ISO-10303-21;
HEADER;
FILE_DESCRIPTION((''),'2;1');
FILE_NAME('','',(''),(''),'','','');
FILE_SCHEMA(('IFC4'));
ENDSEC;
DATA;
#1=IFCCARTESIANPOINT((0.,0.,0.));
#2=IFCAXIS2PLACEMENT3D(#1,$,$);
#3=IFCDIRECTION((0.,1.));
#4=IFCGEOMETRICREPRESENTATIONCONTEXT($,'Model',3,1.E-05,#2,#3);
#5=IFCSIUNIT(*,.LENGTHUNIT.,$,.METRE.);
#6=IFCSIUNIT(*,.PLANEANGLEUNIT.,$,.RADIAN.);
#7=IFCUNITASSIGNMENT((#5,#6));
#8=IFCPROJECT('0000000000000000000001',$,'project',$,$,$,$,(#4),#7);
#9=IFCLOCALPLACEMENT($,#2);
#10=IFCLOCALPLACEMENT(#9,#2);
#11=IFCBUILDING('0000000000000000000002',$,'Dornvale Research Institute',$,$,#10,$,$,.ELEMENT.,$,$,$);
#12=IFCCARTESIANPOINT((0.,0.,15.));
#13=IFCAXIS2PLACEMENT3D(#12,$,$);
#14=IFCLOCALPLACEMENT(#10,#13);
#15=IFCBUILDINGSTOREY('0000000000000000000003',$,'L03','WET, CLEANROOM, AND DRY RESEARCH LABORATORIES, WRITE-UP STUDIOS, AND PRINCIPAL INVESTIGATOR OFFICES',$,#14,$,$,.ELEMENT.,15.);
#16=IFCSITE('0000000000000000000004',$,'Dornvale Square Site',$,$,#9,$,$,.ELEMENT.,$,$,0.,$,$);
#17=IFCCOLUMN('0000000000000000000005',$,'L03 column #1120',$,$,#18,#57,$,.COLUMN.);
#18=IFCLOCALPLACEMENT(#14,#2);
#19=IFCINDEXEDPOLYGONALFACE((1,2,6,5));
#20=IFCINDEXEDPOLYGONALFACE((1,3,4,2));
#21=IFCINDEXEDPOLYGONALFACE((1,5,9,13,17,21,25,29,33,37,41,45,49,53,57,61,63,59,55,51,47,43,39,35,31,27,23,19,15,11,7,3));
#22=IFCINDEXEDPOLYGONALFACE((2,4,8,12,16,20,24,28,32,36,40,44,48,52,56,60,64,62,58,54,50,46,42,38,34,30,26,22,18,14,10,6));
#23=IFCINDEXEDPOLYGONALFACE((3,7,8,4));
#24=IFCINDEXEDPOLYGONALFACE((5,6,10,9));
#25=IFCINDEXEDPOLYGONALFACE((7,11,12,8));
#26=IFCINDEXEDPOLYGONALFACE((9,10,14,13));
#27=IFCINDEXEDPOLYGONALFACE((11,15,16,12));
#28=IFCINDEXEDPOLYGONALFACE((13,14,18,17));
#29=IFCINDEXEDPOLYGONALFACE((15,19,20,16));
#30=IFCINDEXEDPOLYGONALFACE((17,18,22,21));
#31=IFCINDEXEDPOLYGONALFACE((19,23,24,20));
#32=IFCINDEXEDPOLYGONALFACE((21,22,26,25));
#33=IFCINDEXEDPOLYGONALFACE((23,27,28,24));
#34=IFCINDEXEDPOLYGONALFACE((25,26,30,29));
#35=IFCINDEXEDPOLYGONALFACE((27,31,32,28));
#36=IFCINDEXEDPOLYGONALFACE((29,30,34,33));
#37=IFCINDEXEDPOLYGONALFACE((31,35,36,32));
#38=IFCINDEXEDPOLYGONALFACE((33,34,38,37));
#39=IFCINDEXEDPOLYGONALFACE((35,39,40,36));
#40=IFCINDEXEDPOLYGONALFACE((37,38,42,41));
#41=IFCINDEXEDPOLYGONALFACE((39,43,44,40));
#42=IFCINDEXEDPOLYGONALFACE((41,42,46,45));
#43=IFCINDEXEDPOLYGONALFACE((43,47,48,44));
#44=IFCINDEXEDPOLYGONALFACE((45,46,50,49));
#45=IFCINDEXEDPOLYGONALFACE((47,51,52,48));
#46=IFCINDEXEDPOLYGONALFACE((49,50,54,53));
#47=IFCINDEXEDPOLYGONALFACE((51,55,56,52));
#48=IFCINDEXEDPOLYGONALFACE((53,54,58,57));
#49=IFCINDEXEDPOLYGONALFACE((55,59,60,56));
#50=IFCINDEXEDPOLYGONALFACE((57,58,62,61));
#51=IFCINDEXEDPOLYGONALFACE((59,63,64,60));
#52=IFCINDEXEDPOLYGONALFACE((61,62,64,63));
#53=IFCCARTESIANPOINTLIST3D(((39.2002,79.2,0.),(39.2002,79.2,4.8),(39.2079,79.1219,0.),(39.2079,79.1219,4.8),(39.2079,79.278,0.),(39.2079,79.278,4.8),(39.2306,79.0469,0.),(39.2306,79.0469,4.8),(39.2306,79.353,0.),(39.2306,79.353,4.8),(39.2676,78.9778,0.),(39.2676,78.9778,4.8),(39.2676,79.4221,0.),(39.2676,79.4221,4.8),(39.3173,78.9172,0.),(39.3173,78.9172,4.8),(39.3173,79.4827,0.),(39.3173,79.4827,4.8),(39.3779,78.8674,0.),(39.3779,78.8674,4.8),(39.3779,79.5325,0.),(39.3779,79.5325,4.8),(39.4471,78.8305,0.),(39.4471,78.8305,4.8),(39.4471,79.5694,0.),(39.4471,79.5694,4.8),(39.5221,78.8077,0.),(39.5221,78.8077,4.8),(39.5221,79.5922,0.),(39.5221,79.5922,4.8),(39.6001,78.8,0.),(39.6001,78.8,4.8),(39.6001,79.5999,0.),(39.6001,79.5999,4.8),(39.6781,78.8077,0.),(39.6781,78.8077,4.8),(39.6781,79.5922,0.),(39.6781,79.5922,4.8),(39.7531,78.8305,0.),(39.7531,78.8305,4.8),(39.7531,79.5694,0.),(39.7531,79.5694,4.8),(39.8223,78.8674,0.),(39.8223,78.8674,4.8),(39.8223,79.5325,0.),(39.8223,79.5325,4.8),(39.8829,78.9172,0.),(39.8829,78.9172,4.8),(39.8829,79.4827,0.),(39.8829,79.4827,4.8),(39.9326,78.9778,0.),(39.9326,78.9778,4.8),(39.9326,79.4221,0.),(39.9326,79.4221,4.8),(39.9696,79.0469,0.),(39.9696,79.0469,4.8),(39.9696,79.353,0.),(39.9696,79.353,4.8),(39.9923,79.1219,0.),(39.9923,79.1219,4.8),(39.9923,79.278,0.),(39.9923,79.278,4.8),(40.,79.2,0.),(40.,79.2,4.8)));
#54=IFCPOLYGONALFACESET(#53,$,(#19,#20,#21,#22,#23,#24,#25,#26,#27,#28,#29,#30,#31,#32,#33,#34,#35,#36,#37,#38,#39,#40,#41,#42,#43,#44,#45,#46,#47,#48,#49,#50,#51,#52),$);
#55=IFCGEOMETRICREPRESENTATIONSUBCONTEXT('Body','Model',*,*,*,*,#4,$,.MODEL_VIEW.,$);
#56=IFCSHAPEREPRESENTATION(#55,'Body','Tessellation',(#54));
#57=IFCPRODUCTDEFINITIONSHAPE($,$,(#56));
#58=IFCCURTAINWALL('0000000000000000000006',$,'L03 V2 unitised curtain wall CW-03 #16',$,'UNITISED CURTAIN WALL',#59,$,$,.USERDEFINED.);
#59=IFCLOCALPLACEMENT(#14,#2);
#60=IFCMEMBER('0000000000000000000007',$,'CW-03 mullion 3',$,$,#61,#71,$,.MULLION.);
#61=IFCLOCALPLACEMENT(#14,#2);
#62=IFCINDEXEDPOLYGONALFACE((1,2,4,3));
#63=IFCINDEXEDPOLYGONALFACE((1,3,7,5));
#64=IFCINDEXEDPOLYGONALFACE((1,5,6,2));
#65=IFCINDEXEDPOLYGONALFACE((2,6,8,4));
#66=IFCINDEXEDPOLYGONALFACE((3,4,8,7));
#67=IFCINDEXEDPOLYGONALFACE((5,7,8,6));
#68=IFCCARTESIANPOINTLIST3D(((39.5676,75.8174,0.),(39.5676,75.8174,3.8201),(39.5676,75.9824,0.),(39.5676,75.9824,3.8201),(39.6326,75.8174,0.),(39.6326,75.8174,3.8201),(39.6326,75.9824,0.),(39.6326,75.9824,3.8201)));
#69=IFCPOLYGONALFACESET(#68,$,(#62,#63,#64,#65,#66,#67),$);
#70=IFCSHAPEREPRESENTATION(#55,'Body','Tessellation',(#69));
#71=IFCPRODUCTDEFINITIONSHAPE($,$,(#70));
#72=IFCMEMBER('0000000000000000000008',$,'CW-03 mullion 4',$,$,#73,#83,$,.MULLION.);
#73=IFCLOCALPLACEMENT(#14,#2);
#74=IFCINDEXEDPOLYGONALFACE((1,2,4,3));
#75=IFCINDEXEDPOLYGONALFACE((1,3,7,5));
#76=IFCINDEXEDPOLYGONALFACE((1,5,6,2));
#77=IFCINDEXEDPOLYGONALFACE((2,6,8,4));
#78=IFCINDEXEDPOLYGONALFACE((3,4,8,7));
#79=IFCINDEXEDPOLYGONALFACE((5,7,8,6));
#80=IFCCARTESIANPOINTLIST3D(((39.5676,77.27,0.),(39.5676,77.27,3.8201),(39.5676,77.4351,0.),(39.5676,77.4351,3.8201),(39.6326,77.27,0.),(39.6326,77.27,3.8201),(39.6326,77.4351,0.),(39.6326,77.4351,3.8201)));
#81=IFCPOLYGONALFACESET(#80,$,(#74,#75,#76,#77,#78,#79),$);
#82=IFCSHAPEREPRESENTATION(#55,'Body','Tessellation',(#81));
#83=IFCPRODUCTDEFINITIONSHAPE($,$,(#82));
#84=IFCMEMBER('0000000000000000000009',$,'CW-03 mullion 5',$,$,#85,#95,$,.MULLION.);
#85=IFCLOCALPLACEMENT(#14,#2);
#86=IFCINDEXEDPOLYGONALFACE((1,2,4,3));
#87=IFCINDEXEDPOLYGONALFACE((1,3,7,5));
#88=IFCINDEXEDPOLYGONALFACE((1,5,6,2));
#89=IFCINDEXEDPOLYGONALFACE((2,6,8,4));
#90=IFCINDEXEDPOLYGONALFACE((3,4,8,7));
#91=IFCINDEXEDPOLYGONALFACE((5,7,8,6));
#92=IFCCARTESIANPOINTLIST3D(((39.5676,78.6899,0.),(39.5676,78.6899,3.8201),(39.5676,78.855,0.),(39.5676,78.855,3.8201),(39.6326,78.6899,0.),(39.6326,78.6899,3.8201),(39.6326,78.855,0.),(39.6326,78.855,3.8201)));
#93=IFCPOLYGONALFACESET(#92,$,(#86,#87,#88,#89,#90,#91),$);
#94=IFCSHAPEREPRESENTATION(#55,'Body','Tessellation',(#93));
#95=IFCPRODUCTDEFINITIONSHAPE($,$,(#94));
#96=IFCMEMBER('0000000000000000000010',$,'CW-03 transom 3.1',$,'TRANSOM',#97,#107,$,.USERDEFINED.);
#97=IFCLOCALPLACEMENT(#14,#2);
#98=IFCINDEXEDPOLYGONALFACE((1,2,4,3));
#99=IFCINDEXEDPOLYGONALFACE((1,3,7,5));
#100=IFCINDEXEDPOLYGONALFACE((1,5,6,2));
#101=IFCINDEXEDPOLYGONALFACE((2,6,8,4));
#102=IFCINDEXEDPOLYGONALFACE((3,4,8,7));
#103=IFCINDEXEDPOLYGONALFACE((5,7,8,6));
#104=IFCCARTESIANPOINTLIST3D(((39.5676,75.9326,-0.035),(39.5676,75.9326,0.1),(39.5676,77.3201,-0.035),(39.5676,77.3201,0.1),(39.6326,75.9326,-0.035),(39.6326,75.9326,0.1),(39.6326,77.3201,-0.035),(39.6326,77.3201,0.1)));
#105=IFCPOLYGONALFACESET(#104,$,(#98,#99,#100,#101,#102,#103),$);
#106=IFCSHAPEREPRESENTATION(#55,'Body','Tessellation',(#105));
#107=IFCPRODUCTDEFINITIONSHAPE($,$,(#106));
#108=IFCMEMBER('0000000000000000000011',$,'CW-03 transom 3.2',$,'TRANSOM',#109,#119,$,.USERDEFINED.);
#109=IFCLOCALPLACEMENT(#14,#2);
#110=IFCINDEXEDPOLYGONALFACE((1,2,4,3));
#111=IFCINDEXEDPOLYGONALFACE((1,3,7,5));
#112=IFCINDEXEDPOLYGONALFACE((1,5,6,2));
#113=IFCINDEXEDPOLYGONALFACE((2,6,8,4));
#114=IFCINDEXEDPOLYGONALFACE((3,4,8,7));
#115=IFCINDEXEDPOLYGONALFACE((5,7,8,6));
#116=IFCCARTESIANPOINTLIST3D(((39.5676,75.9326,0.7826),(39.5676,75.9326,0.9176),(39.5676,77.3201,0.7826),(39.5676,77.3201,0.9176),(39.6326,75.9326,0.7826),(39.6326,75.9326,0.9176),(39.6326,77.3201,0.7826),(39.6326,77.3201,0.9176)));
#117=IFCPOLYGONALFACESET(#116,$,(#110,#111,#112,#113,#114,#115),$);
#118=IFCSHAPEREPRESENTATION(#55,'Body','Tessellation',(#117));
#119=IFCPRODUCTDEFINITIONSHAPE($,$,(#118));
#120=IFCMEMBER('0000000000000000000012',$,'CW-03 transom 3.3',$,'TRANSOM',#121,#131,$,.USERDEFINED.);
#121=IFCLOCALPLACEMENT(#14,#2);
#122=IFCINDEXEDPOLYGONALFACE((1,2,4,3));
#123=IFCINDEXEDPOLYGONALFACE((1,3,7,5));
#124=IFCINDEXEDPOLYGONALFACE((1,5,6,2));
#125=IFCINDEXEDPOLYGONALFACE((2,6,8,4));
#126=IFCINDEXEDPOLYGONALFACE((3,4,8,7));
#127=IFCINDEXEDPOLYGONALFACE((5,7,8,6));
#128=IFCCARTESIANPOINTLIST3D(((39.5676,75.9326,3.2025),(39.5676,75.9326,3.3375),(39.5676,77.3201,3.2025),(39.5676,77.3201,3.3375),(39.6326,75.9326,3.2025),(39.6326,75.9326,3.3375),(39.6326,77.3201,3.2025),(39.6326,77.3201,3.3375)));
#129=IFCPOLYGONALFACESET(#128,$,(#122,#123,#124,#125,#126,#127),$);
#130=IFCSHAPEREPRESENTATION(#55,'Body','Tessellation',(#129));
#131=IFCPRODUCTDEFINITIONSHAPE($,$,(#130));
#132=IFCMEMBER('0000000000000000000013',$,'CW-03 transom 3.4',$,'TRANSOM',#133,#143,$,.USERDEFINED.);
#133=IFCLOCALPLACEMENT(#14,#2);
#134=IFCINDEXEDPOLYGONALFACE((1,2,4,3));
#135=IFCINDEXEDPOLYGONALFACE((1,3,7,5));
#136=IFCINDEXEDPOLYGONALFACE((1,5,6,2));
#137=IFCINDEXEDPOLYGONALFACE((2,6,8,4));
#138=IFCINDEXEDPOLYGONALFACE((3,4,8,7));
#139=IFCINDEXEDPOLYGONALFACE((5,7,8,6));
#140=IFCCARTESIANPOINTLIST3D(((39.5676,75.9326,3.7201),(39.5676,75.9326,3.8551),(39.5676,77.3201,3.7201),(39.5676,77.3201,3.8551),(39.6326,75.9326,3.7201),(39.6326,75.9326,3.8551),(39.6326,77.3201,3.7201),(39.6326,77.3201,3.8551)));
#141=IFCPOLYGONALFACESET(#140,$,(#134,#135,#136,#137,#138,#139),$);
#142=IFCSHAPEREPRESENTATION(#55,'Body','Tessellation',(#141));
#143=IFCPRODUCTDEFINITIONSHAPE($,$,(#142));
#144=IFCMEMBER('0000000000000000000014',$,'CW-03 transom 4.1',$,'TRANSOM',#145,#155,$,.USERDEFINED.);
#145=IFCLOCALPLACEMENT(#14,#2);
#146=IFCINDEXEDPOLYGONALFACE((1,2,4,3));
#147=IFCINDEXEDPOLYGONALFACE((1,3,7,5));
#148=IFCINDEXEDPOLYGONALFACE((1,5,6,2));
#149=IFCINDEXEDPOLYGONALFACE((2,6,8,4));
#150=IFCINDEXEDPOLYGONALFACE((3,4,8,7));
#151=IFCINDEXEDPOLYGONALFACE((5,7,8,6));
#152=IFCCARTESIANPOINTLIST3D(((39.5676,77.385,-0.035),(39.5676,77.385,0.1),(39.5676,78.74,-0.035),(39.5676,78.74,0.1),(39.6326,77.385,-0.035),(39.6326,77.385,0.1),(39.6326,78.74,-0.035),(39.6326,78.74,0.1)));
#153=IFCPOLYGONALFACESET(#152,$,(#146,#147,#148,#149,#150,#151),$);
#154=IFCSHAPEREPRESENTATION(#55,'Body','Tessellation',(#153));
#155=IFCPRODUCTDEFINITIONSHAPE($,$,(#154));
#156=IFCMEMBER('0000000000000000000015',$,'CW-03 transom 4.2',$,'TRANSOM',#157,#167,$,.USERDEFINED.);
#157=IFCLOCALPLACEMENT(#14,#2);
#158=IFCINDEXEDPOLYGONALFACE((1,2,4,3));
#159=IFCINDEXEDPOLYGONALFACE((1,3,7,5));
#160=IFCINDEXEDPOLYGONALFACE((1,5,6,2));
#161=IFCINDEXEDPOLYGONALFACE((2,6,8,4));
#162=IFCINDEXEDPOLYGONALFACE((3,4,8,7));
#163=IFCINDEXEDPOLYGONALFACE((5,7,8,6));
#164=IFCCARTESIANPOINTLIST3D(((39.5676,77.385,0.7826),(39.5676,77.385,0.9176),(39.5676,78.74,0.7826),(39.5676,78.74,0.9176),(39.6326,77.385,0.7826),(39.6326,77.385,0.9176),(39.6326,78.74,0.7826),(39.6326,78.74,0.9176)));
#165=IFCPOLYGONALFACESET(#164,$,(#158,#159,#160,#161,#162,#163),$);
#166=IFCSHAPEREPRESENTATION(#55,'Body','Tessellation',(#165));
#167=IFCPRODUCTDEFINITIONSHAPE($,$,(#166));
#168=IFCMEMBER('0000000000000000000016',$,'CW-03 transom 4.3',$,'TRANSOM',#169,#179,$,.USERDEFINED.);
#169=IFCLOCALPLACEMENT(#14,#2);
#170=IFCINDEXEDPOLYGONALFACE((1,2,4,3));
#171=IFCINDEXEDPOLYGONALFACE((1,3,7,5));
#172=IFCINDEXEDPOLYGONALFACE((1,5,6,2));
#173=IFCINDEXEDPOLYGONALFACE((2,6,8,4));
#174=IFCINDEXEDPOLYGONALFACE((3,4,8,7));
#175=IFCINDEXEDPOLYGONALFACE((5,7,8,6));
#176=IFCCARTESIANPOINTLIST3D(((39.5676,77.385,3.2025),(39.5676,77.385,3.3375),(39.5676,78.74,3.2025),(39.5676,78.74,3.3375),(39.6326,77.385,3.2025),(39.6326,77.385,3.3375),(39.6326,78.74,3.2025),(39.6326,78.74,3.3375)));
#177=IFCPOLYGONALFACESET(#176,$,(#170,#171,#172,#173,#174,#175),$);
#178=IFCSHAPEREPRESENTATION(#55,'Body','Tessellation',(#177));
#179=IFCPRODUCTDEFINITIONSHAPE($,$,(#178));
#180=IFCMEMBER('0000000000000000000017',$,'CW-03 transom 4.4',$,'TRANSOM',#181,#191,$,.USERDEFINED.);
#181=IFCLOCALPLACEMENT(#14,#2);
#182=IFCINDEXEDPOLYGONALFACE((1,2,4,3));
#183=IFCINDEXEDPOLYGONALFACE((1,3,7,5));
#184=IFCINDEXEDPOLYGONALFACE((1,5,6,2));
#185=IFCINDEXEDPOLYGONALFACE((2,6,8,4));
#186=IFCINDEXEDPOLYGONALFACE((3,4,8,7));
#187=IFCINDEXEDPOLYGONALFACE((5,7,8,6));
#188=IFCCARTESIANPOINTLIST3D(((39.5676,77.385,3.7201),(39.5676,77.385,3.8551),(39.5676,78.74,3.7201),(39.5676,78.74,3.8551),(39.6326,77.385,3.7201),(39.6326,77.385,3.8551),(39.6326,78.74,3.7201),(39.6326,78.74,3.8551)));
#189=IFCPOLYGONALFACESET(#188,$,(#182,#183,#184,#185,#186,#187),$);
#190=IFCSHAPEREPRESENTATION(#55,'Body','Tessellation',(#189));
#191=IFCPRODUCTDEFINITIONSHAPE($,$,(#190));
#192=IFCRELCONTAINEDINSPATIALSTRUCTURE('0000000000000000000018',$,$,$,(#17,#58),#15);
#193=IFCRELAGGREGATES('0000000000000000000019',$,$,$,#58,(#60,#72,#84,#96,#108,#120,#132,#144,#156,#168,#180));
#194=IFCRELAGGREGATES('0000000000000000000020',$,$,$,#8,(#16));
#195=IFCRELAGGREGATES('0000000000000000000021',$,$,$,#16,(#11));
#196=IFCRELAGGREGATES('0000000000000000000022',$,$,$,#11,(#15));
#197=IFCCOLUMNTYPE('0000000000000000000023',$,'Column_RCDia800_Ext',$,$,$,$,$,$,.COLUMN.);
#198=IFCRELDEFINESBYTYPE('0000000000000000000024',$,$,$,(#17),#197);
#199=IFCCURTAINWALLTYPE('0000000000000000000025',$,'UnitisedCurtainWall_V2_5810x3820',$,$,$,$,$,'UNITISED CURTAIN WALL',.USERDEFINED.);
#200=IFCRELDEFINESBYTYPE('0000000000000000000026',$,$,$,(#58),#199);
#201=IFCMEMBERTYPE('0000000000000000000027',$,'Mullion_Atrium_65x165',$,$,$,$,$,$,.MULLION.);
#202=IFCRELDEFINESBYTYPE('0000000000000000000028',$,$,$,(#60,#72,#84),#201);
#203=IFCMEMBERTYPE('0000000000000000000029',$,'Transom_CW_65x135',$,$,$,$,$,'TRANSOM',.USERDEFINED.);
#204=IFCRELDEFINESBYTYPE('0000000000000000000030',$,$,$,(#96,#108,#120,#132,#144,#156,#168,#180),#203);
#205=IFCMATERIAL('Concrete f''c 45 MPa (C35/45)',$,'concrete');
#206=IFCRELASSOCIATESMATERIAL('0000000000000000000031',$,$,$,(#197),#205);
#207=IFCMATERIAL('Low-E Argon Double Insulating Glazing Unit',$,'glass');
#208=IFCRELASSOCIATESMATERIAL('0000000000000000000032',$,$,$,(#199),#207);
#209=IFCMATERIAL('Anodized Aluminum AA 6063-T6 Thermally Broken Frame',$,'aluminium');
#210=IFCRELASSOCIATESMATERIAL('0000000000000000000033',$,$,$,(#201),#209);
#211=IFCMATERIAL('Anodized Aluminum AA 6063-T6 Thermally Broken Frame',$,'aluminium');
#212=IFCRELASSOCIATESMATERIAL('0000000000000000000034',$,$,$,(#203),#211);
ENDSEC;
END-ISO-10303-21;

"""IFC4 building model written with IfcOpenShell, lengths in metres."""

from ifc_helpers import new_model, si_unit, direction, frame, origin, origin_2d, place, context, subcontext, project, spatial, rectangle, circle, extrude, material, material_profile, profile_set, type_object, element, aggregate, save


model = new_model("IFC4")

# Units and contexts
model_context = context("Model", 3, precision=1e-05, world=origin(), true_north=direction((0.0, 1.0)))
body_context = subcontext(model_context, "Body", "Model", "MODEL_VIEW")
ifc_project = project(units=[si_unit("LENGTHUNIT", "METRE"), si_unit("PLANEANGLEUNIT", "RADIAN")], contexts=[model_context])

# Site, building, storey
site_placement = place(None, origin())
site = spatial("IfcSite", under=ifc_project, at=site_placement, Name="Dornvale Square Site", CompositionType="ELEMENT", RefElevation=0.0)
building_placement = place(site_placement, origin())
building = spatial("IfcBuilding", under=site, at=building_placement, Name="Dornvale Research Institute", CompositionType="ELEMENT")
storey_placement = place(building_placement, frame((0.0, 0.0, 15.0)))
storey = spatial("IfcBuildingStorey", under=building, at=storey_placement, Name="L03", Description="WET, CLEANROOM, AND DRY RESEARCH LABORATORIES, WRITE-UP STUDIOS, AND PRINCIPAL INVESTIGATOR OFFICES", CompositionType="ELEMENT", Elevation=15.0)

# Column
ifc_material_1 = material(Name="Concrete f'c 45 MPa (C35/45)", Category="concrete")
ifc_material_profile_1 = material_profile(ifc_material_1, circle(Radius=0.3999, at=origin_2d()), Name="RC DIA 800")
ifc_profile_set_1 = profile_set([ifc_material_profile_1], Name="Concrete f'c 45 MPa (C35/45)")
column_type = type_object("IfcColumnType", Name="Column_RCDia800_Ext", PredefinedType="COLUMN", material=ifc_profile_set_1)
column_placement = place(storey_placement, frame((39.6001, 79.2, 0.0), z_axis=(0.0, 0.0, 1.0), x_axis=(1.0, 0.0, 0.0)))
element("IfcColumn", 1, at=column_placement, inside=storey, type_object=column_type, Name="L03 column #1120", PredefinedType="COLUMN", context=body_context, shape_type="SweptSolid", body=[
    extrude(circle(Radius=0.3999, at=origin_2d()), origin(), (0.0, 0.0, 1.0), 4.8),
])

# Curtain wall, members
ifc_material_2 = material(Name="Low-E Argon Double Insulating Glazing Unit", Category="glass")
curtain_wall_type = type_object("IfcCurtainWallType", Name="UnitisedCurtainWall_V2_5810x3820", ElementType="UNITISED CURTAIN WALL", PredefinedType="USERDEFINED", material=ifc_material_2)
curtain_wall_placement = place(storey_placement, origin())
curtain_wall = element("IfcCurtainWall", 2, at=curtain_wall_placement, inside=storey, type_object=curtain_wall_type, Name="L03 V2 unitised curtain wall CW-03 #16", ObjectType="UNITISED CURTAIN WALL", PredefinedType="USERDEFINED")
ifc_material_3 = material(Name="Anodized Aluminum AA 6063-T6 Thermally Broken Frame", Category="aluminium")
ifc_material_profile_2 = material_profile(ifc_material_3, rectangle(XDim=0.0649, YDim=0.165, at=origin_2d()), Name="ALU MULLION 65x165")
ifc_profile_set_2 = profile_set([ifc_material_profile_2], Name="Anodized Aluminum AA 6063-T6 Thermally Broken Frame")
member_type_1 = type_object("IfcMemberType", Name="Mullion_Atrium_65x165", PredefinedType="MULLION", material=ifc_profile_set_2)
member_1_placement = place(storey_placement, frame((39.6001, 75.8999, 0.0), z_axis=(0.0, 0.0, 1.0), x_axis=(-1.0, 0.0, 0.0)))
member_1 = element("IfcMember", 3, at=member_1_placement, type_object=member_type_1, Name="CW-03 mullion 3", PredefinedType="MULLION", context=body_context, shape_type="SweptSolid", body=[
    extrude(rectangle(XDim=0.0649, YDim=0.165, at=origin_2d()), origin(), (0.0, 0.0, 1.0), 3.8201),
])
member_2_placement = place(storey_placement, frame((39.6001, 77.3525, 0.0), z_axis=(0.0, 0.0, 1.0), x_axis=(-1.0, 0.0, 0.0)))
member_2 = element("IfcMember", 4, at=member_2_placement, type_object=member_type_1, Name="CW-03 mullion 4", PredefinedType="MULLION", context=body_context, shape_type="SweptSolid", body=[
    extrude(rectangle(XDim=0.0649, YDim=0.165, at=origin_2d()), origin(), (0.0, 0.0, 1.0), 3.8201),
])
member_3_placement = place(storey_placement, frame((39.6001, 78.7725, 0.0), z_axis=(0.0, 0.0, 1.0), x_axis=(-1.0, 0.0, 0.0)))
member_3 = element("IfcMember", 5, at=member_3_placement, type_object=member_type_1, Name="CW-03 mullion 5", PredefinedType="MULLION", context=body_context, shape_type="SweptSolid", body=[
    extrude(rectangle(XDim=0.0649, YDim=0.165, at=origin_2d()), origin(), (0.0, 0.0, 1.0), 3.8201),
])
ifc_material_4 = material(Name="Anodized Aluminum AA 6063-T6 Thermally Broken Frame", Category="aluminium")
ifc_material_profile_3 = material_profile(ifc_material_4, rectangle(XDim=0.0649, YDim=0.135, at=origin_2d()), Name="ALU TRANSOM 65x135")
ifc_profile_set_3 = profile_set([ifc_material_profile_3], Name="Anodized Aluminum AA 6063-T6 Thermally Broken Frame")
member_type_2 = type_object("IfcMemberType", Name="Transom_CW_65x135", ElementType="TRANSOM", PredefinedType="USERDEFINED", material=ifc_profile_set_3)
member_4_placement = place(storey_placement, frame((39.6001, 75.9326, 0.0325), z_axis=(0.0, 1.0, 0.0), x_axis=(-1.0, 0.0, 0.0)))
member_4 = element("IfcMember", 6, at=member_4_placement, type_object=member_type_2, Name="CW-03 transom 3.1", ObjectType="TRANSOM", PredefinedType="USERDEFINED", context=body_context, shape_type="SweptSolid", body=[
    extrude(rectangle(XDim=0.0649, YDim=0.135, at=origin_2d()), origin(), (0.0, 0.0, 1.0), 1.3875),
])
member_5_placement = place(storey_placement, frame((39.6001, 75.9326, 0.8501), z_axis=(0.0, 1.0, 0.0), x_axis=(-1.0, 0.0, 0.0)))
member_5 = element("IfcMember", 7, at=member_5_placement, type_object=member_type_2, Name="CW-03 transom 3.2", ObjectType="TRANSOM", PredefinedType="USERDEFINED", context=body_context, shape_type="SweptSolid", body=[
    extrude(rectangle(XDim=0.0649, YDim=0.135, at=origin_2d()), origin(), (0.0, 0.0, 1.0), 1.3875),
])
member_6_placement = place(storey_placement, frame((39.6001, 75.9326, 3.27), z_axis=(0.0, 1.0, 0.0), x_axis=(-1.0, 0.0, 0.0)))
member_6 = element("IfcMember", 8, at=member_6_placement, type_object=member_type_2, Name="CW-03 transom 3.3", ObjectType="TRANSOM", PredefinedType="USERDEFINED", context=body_context, shape_type="SweptSolid", body=[
    extrude(rectangle(XDim=0.0649, YDim=0.135, at=origin_2d()), origin(), (0.0, 0.0, 1.0), 1.3875),
])
member_7_placement = place(storey_placement, frame((39.6001, 75.9326, 3.7876), z_axis=(0.0, 1.0, 0.0), x_axis=(-1.0, 0.0, 0.0)))
member_7 = element("IfcMember", 9, at=member_7_placement, type_object=member_type_2, Name="CW-03 transom 3.4", ObjectType="TRANSOM", PredefinedType="USERDEFINED", context=body_context, shape_type="SweptSolid", body=[
    extrude(rectangle(XDim=0.0649, YDim=0.135, at=origin_2d()), origin(), (0.0, 0.0, 1.0), 1.3875),
])
member_8_placement = place(storey_placement, frame((39.6001, 77.385, 0.0325), z_axis=(0.0, 1.0, 0.0), x_axis=(-1.0, 0.0, 0.0)))
member_8 = element("IfcMember", 10, at=member_8_placement, type_object=member_type_2, Name="CW-03 transom 4.1", ObjectType="TRANSOM", PredefinedType="USERDEFINED", context=body_context, shape_type="SweptSolid", body=[
    extrude(rectangle(XDim=0.0649, YDim=0.135, at=origin_2d()), origin(), (0.0, 0.0, 1.0), 1.355),
])
member_9_placement = place(storey_placement, frame((39.6001, 77.385, 0.8501), z_axis=(0.0, 1.0, 0.0), x_axis=(-1.0, 0.0, 0.0)))
member_9 = element("IfcMember", 11, at=member_9_placement, type_object=member_type_2, Name="CW-03 transom 4.2", ObjectType="TRANSOM", PredefinedType="USERDEFINED", context=body_context, shape_type="SweptSolid", body=[
    extrude(rectangle(XDim=0.0649, YDim=0.135, at=origin_2d()), origin(), (0.0, 0.0, 1.0), 1.355),
])
member_10_placement = place(storey_placement, frame((39.6001, 77.385, 3.27), z_axis=(0.0, 1.0, 0.0), x_axis=(-1.0, 0.0, 0.0)))
member_10 = element("IfcMember", 12, at=member_10_placement, type_object=member_type_2, Name="CW-03 transom 4.3", ObjectType="TRANSOM", PredefinedType="USERDEFINED", context=body_context, shape_type="SweptSolid", body=[
    extrude(rectangle(XDim=0.0649, YDim=0.135, at=origin_2d()), origin(), (0.0, 0.0, 1.0), 1.355),
])
member_11_placement = place(storey_placement, frame((39.6001, 77.385, 3.7876), z_axis=(0.0, 1.0, 0.0), x_axis=(-1.0, 0.0, 0.0)))
member_11 = element("IfcMember", 13, at=member_11_placement, type_object=member_type_2, Name="CW-03 transom 4.4", ObjectType="TRANSOM", PredefinedType="USERDEFINED", context=body_context, shape_type="SweptSolid", body=[
    extrude(rectangle(XDim=0.0649, YDim=0.135, at=origin_2d()), origin(), (0.0, 0.0, 1.0), 1.355),
])
aggregate(curtain_wall, [member_1, member_2, member_3, member_4, member_5, member_6, member_7, member_8, member_9, member_10, member_11])

save(model, "model.ifc")
